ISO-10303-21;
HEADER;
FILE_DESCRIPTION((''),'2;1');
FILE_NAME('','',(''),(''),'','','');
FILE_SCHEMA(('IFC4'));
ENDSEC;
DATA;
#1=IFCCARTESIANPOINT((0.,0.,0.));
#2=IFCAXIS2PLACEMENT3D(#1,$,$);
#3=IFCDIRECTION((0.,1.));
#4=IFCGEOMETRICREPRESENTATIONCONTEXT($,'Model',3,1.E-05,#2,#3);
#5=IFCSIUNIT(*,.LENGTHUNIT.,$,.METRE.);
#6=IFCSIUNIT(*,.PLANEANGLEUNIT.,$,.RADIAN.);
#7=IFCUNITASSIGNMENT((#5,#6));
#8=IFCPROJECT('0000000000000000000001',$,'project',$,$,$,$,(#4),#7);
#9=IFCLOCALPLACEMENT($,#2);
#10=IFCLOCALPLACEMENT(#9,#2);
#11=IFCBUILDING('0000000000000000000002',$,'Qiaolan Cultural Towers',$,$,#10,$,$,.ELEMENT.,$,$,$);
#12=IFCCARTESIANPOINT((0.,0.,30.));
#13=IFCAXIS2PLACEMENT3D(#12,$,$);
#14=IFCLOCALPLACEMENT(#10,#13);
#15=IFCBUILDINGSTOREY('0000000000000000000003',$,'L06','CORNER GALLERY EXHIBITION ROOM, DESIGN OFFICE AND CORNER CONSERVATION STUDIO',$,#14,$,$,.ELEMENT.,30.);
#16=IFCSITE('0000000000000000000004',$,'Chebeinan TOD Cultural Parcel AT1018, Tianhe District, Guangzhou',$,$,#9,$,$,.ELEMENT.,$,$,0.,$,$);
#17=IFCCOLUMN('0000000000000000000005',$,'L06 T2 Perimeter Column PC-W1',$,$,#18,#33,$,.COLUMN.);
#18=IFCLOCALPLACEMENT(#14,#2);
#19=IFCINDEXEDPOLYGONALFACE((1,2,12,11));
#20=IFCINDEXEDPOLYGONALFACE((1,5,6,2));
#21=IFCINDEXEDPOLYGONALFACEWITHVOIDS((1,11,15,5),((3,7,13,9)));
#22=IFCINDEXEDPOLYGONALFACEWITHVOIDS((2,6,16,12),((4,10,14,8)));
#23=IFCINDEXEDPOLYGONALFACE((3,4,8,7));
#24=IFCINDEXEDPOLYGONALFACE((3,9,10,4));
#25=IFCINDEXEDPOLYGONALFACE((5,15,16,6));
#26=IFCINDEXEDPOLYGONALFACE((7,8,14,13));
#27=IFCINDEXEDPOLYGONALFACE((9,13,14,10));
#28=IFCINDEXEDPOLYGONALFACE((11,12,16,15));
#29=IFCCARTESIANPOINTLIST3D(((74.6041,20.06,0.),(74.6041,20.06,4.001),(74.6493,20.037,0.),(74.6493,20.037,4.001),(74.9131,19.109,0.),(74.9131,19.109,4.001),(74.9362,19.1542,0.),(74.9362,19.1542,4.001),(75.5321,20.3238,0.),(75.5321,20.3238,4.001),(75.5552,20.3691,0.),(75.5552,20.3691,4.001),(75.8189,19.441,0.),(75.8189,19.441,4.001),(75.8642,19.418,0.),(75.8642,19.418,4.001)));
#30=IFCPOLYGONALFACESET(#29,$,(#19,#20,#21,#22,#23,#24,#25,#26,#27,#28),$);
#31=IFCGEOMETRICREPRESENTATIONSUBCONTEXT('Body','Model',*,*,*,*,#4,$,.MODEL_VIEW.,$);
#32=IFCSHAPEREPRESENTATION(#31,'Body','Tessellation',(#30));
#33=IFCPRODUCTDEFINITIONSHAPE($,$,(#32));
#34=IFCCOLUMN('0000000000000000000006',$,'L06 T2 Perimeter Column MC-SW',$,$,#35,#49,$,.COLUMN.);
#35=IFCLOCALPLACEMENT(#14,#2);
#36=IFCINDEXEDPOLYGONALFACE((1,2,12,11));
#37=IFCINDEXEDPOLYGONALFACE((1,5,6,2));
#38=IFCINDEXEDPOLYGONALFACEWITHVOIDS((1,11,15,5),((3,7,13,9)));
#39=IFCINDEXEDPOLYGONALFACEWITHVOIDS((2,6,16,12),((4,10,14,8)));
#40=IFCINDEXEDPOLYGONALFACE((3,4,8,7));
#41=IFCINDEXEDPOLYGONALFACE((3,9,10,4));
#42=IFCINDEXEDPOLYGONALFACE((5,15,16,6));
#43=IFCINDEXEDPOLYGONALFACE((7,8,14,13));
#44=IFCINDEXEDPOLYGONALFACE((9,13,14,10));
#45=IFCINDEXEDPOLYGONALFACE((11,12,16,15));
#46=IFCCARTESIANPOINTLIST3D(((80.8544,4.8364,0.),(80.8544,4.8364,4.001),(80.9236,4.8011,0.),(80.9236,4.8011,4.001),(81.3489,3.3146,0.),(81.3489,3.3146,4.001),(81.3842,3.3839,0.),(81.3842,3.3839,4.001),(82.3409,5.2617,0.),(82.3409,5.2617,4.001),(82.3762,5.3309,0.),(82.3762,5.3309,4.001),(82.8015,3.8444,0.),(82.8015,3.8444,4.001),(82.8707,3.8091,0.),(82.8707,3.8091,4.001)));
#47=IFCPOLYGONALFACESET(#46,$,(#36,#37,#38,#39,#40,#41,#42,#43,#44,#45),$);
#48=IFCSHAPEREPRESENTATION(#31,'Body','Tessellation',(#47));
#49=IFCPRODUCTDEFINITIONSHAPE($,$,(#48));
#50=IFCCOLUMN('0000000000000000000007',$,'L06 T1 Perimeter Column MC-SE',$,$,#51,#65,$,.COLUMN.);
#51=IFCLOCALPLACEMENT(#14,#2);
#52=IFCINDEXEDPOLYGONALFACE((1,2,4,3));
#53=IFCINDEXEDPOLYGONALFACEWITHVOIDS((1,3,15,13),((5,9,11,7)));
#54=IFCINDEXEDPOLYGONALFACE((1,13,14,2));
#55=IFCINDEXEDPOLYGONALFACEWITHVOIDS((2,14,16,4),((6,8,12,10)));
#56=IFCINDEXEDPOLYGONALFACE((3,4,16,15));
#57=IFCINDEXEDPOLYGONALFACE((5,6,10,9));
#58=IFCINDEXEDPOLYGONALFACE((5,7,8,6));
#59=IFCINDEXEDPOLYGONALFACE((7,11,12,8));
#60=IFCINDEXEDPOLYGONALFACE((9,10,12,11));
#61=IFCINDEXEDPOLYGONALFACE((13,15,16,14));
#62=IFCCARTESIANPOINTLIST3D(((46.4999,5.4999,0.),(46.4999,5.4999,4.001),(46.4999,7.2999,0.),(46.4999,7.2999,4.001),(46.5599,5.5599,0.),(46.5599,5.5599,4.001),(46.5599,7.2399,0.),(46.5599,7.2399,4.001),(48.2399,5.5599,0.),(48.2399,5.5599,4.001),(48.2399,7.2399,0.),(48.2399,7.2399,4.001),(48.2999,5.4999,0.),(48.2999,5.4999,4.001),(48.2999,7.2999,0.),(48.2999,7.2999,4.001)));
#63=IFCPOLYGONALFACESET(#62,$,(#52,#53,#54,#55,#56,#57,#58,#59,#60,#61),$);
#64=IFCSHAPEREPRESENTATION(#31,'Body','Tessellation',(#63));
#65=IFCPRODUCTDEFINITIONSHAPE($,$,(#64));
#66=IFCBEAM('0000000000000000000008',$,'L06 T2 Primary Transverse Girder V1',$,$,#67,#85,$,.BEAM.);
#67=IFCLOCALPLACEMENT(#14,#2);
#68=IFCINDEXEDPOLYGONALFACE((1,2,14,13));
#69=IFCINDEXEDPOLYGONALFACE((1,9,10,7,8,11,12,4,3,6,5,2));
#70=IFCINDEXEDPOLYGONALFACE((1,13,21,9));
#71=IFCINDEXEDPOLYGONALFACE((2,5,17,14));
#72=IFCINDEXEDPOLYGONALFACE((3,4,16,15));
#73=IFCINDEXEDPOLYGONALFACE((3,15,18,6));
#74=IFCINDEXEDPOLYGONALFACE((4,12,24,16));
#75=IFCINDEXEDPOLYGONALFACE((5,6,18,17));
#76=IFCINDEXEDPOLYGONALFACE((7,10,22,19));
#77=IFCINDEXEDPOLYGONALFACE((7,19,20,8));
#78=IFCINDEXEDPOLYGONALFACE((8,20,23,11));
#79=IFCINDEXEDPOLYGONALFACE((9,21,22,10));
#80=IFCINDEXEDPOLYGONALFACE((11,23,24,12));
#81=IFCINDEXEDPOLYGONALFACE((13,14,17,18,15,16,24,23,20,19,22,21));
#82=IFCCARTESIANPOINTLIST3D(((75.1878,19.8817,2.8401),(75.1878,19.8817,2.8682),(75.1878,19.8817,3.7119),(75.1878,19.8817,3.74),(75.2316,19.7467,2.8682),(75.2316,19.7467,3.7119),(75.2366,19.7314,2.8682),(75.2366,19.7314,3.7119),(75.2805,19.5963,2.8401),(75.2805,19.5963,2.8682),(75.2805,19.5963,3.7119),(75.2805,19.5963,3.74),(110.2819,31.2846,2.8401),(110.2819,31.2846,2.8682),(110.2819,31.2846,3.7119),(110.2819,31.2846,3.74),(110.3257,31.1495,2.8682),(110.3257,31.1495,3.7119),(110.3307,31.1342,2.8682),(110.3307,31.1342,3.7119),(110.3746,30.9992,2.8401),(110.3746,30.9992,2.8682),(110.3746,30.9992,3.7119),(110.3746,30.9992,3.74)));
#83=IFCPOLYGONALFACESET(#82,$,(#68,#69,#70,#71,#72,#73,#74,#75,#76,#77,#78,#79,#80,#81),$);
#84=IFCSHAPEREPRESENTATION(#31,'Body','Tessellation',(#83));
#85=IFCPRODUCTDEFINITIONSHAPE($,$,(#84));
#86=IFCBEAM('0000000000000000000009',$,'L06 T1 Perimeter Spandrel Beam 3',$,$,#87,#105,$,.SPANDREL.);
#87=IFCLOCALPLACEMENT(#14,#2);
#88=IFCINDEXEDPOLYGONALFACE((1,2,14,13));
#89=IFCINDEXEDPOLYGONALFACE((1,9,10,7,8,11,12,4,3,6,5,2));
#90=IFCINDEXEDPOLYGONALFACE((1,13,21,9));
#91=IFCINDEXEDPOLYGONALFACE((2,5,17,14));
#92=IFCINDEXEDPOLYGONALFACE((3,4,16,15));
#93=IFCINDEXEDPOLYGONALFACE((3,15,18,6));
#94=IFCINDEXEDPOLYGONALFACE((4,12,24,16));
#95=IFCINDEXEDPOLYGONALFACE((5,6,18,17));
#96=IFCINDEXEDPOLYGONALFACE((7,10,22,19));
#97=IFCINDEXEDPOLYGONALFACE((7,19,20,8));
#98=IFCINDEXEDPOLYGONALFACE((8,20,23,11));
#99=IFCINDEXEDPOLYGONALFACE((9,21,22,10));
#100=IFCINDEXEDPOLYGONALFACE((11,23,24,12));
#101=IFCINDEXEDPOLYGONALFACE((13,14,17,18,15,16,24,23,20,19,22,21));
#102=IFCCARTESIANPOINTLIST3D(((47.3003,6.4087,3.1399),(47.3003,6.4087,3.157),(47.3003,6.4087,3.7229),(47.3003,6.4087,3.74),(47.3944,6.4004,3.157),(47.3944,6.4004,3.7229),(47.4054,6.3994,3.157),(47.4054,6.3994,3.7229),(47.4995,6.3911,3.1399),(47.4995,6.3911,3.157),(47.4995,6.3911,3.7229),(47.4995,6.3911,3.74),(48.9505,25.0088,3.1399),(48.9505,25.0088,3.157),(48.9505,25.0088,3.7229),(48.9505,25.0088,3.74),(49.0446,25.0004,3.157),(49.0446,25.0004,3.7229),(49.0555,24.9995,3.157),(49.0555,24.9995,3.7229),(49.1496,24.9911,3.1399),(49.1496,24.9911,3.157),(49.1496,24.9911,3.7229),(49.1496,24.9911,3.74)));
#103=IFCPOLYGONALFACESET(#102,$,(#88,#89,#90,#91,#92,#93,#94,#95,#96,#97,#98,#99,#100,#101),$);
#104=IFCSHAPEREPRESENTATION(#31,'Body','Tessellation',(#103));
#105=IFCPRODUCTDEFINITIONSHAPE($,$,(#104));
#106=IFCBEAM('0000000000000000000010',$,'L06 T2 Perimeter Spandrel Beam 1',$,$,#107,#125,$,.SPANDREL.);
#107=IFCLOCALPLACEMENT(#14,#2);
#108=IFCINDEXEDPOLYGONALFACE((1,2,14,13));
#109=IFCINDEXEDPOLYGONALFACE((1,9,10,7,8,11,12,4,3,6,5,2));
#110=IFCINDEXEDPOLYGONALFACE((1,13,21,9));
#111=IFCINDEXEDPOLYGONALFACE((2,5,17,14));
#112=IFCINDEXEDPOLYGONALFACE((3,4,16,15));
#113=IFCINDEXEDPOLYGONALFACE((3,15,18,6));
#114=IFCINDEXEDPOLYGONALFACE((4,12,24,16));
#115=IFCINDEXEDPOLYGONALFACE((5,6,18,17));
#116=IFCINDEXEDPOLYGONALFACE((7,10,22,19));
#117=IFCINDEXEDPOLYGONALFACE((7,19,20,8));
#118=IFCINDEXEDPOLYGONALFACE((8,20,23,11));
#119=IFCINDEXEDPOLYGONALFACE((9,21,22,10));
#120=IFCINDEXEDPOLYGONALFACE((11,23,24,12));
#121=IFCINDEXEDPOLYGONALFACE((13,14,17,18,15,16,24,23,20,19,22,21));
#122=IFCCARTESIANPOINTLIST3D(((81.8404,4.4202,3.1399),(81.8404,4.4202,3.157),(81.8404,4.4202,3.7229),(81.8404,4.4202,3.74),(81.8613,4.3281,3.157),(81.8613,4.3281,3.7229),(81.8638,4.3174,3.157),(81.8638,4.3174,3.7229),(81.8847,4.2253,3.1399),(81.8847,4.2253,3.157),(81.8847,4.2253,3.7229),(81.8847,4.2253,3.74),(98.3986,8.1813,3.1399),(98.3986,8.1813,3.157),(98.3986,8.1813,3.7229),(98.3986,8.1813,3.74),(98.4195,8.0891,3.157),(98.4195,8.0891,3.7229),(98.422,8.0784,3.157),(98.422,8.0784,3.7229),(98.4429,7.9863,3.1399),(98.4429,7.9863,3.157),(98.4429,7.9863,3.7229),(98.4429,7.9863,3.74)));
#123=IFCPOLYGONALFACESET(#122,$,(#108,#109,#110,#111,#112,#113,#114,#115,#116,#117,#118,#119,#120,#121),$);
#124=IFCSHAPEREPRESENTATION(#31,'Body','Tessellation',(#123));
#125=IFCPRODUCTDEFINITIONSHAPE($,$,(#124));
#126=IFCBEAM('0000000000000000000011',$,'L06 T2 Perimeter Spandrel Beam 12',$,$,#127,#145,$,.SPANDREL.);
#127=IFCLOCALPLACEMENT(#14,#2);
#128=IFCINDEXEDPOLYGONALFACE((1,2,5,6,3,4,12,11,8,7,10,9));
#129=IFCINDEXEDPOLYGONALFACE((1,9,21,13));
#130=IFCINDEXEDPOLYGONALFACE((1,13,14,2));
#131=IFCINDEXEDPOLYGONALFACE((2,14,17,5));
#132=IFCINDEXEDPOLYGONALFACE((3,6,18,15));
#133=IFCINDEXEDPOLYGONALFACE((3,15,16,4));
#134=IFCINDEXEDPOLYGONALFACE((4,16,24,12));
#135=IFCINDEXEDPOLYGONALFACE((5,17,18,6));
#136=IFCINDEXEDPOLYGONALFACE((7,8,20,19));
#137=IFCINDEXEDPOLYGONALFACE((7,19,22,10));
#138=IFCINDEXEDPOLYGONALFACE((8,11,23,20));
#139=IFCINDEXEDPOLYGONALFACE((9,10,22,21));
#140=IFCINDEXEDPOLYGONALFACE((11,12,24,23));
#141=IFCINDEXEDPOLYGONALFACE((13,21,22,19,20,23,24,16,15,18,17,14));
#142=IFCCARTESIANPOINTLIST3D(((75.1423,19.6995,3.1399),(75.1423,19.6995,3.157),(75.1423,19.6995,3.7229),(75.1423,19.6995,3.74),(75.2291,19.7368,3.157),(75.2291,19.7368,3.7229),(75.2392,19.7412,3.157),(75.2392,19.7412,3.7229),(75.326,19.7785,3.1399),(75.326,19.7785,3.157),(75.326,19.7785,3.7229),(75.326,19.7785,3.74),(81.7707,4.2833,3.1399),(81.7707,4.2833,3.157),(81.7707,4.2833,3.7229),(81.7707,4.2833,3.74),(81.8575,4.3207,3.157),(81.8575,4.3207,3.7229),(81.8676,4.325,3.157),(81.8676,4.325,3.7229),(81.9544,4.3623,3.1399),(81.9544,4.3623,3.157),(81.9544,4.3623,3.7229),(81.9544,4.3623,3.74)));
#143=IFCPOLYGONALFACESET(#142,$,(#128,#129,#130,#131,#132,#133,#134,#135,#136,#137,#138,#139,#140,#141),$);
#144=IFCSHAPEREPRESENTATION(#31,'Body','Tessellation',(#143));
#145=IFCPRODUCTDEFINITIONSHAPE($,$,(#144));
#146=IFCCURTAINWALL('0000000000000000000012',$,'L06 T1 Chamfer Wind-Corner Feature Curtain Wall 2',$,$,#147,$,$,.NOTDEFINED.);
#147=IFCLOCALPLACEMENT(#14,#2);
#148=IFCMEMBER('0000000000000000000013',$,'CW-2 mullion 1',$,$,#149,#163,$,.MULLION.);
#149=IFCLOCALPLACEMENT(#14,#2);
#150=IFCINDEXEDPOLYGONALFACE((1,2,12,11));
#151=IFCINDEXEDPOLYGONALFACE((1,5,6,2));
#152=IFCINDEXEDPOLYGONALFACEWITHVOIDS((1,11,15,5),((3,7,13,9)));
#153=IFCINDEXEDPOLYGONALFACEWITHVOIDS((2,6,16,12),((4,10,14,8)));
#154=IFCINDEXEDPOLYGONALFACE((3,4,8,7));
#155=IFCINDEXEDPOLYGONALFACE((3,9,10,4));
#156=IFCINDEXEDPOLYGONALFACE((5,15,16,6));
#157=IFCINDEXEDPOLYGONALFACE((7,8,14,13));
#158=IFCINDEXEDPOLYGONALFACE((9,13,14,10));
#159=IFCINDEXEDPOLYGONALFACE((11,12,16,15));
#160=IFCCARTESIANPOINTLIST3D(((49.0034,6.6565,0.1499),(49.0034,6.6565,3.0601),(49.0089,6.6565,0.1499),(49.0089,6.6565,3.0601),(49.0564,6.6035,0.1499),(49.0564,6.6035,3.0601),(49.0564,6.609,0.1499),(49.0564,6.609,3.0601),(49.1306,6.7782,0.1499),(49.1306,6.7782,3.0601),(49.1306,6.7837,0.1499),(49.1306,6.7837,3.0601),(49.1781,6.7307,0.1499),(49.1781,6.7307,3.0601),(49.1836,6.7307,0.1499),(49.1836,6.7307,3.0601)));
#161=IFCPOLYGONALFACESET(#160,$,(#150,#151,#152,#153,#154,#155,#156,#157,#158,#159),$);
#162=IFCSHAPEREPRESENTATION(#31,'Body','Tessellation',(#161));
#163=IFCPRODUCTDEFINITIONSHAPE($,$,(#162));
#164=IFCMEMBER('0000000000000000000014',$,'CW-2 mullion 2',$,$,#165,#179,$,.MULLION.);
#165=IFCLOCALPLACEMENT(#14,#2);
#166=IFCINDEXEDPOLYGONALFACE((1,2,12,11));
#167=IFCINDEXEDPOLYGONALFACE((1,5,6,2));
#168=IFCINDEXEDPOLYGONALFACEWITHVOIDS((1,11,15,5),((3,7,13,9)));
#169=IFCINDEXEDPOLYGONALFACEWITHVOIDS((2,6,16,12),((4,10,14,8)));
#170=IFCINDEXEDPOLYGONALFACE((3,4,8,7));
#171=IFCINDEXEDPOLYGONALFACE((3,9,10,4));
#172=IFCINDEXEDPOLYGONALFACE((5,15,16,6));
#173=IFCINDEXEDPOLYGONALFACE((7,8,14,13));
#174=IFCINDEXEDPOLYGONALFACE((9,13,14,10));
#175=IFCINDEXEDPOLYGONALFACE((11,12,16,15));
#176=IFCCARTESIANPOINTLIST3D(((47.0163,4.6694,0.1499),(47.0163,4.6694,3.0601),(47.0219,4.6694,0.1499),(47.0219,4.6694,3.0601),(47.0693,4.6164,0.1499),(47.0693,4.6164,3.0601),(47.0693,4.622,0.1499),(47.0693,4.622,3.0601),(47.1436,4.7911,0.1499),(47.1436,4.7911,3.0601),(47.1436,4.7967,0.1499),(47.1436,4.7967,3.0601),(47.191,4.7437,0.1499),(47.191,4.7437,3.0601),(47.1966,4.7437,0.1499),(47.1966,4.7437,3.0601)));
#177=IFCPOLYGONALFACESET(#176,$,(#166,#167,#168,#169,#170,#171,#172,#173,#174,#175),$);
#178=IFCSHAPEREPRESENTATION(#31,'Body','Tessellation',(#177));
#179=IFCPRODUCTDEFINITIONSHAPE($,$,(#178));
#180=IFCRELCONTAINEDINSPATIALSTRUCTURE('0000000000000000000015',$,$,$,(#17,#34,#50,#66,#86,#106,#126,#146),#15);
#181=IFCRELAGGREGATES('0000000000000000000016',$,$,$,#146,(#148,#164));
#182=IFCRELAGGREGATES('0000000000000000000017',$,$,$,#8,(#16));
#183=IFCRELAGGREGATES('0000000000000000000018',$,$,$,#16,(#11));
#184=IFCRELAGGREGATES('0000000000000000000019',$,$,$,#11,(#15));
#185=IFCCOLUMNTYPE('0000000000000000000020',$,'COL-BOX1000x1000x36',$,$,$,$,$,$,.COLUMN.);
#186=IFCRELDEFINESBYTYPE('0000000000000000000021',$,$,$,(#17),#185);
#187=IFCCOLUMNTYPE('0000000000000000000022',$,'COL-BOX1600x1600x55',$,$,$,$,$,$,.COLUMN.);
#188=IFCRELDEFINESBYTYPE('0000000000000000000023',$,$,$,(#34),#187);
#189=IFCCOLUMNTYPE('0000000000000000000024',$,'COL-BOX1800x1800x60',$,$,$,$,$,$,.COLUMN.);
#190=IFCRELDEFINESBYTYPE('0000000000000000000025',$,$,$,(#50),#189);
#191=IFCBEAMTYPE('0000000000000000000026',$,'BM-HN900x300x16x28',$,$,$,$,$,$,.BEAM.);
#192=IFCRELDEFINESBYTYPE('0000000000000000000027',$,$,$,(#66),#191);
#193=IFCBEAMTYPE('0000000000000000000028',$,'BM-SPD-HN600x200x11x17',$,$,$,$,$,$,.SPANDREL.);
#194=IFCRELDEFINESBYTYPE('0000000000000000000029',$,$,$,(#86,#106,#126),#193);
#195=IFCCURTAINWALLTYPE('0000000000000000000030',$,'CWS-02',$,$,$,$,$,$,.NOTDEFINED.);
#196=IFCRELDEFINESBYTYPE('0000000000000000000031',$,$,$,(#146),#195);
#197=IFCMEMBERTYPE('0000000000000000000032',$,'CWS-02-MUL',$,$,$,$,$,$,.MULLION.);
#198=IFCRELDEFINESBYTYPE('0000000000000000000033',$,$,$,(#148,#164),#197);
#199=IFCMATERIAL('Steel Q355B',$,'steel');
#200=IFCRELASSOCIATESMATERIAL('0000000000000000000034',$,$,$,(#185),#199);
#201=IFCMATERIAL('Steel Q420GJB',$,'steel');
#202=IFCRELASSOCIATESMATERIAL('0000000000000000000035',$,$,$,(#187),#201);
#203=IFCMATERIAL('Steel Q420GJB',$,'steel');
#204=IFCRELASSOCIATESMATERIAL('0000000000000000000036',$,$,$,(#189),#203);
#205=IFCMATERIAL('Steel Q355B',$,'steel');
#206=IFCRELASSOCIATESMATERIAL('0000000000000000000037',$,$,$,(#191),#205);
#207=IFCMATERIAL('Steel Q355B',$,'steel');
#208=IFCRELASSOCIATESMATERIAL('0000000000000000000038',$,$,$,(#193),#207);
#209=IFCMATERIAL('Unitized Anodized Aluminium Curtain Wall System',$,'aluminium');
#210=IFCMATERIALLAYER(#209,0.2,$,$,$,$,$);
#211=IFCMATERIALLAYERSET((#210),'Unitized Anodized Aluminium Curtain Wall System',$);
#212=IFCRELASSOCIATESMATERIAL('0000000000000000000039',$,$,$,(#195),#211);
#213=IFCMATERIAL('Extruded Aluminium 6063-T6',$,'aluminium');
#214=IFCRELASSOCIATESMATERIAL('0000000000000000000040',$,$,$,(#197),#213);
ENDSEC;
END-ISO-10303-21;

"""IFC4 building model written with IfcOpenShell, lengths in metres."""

from ifc_helpers import new_model, si_unit, direction, frame, origin, origin_2d, place, context, subcontext, project, spatial, hollow_rectangle, i_section, extrude, material, layer, layer_set, material_profile, profile_set, type_object, element, aggregate, save


model = new_model("IFC4")

# Units and contexts
model_context = context("Model", 3, precision=1e-05, world=origin(), true_north=direction((0.0, 1.0)))
body_context = subcontext(model_context, "Body", "Model", "MODEL_VIEW")
ifc_project = project(units=[si_unit("LENGTHUNIT", "METRE"), si_unit("PLANEANGLEUNIT", "RADIAN")], contexts=[model_context])

# Site, building, storey
site_placement = place(None, origin())
site = spatial("IfcSite", under=ifc_project, at=site_placement, Name="Chebeinan TOD Cultural Parcel AT1018, Tianhe District, Guangzhou", CompositionType="ELEMENT", RefElevation=0.0)
building_placement = place(site_placement, origin())
building = spatial("IfcBuilding", under=site, at=building_placement, Name="Qiaolan Cultural Towers", CompositionType="ELEMENT")
storey_placement = place(building_placement, frame((0.0, 0.0, 30.0)))
storey = spatial("IfcBuildingStorey", under=building, at=storey_placement, Name="L06", Description="CORNER GALLERY EXHIBITION ROOM, DESIGN OFFICE AND CORNER CONSERVATION STUDIO", CompositionType="ELEMENT", Elevation=30.0)

# Columns
ifc_material_1 = material(Name="Steel Q355B", Category="steel")
ifc_material_profile_1 = material_profile(ifc_material_1, hollow_rectangle(XDim=1.0, YDim=1.0, WallThickness=0.0359, at=origin_2d()), Name="BOX1000x1000x36")
ifc_profile_set_1 = profile_set([ifc_material_profile_1], Name="Steel Q355B")
column_type_1 = type_object("IfcColumnType", Name="COL-BOX1000x1000x36", PredefinedType="COLUMN", material=ifc_profile_set_1)
column_1_placement = place(storey_placement, frame((75.2341, 19.739, 0.0), z_axis=(0.0, 0.0, 1.0), x_axis=(0.951057, 0.309017, 0.0)))
element("IfcColumn", 1, at=column_1_placement, inside=storey, type_object=column_type_1, Name="L06 T2 Perimeter Column PC-W1", PredefinedType="COLUMN", context=body_context, shape_type="SweptSolid", body=[
    extrude(hollow_rectangle(XDim=1.0, YDim=1.0, WallThickness=0.0359, at=origin_2d()), origin(), (0.0, 0.0, 1.0), 4.001),
])
ifc_material_2 = material(Name="Steel Q420GJB", Category="steel")
ifc_material_profile_2 = material_profile(ifc_material_2, hollow_rectangle(XDim=1.6001, YDim=1.6001, WallThickness=0.0549, at=origin_2d()), Name="BOX1600x1600x55")
ifc_profile_set_2 = profile_set([ifc_material_profile_2], Name="Steel Q420GJB")
column_type_2 = type_object("IfcColumnType", Name="COL-BOX1600x1600x55", PredefinedType="COLUMN", material=ifc_profile_set_2)
column_2_placement = place(storey_placement, frame((81.8625, 4.3228, 0.0), z_axis=(0.0, 0.0, 1.0), x_axis=(0.951057, 0.309017, 0.0)))
element("IfcColumn", 2, at=column_2_placement, inside=storey, type_object=column_type_2, Name="L06 T2 Perimeter Column MC-SW", PredefinedType="COLUMN", context=body_context, shape_type="SweptSolid", body=[
    extrude(hollow_rectangle(XDim=1.6001, YDim=1.6001, WallThickness=0.0549, at=origin_2d()), origin(), (0.0, 0.0, 1.0), 4.001),
])
ifc_material_3 = material(Name="Steel Q420GJB", Category="steel")
ifc_material_profile_3 = material_profile(ifc_material_3, hollow_rectangle(XDim=1.8, YDim=1.8, WallThickness=0.0601, at=origin_2d()), Name="BOX1800x1800x60")
ifc_profile_set_3 = profile_set([ifc_material_profile_3], Name="Steel Q420GJB")
column_type_3 = type_object("IfcColumnType", Name="COL-BOX1800x1800x60", PredefinedType="COLUMN", material=ifc_profile_set_3)
column_3_placement = place(storey_placement, frame((47.3999, 6.3999, 0.0), z_axis=(0.0, 0.0, 1.0), x_axis=(1.0, 0.0, 0.0)))
element("IfcColumn", 3, at=column_3_placement, inside=storey, type_object=column_type_3, Name="L06 T1 Perimeter Column MC-SE", PredefinedType="COLUMN", context=body_context, shape_type="SweptSolid", body=[
    extrude(hollow_rectangle(XDim=1.8, YDim=1.8, WallThickness=0.0601, at=origin_2d()), origin(), (0.0, 0.0, 1.0), 4.001),
])

# Beams
ifc_material_4 = material(Name="Steel Q355B", Category="steel")
ifc_material_profile_4 = material_profile(ifc_material_4, i_section(OverallWidth=0.3, OverallDepth=0.8999, WebThickness=0.0161, FlangeThickness=0.0281, at=origin_2d()), Name="HN900x300x16x28")
ifc_profile_set_4 = profile_set([ifc_material_profile_4], Name="Steel Q355B")
beam_type_1 = type_object("IfcBeamType", Name="BM-HN900x300x16x28", PredefinedType="BEAM", material=ifc_profile_set_4)
beam_1_placement = place(storey_placement, frame((75.2341, 19.739, 3.29), z_axis=(0.951056, 0.309019, 0.0), x_axis=(-0.309019, 0.951056, 0.0)))
element("IfcBeam", 4, at=beam_1_placement, inside=storey, type_object=beam_type_1, Name="L06 T2 Primary Transverse Girder V1", PredefinedType="BEAM", context=body_context, shape_type="SweptSolid", body=[
    extrude(i_section(OverallWidth=0.3, OverallDepth=0.8999, WebThickness=0.0161, FlangeThickness=0.0281, at=origin_2d()), origin(), (0.0, 0.0, 1.0), 36.9001),
])
ifc_material_5 = material(Name="Steel Q355B", Category="steel")
ifc_material_profile_5 = material_profile(ifc_material_5, i_section(OverallWidth=0.2, OverallDepth=0.6001, WebThickness=0.011, FlangeThickness=0.0171, at=origin_2d()), Name="HN600x200x11x17")
ifc_profile_set_5 = profile_set([ifc_material_profile_5], Name="Steel Q355B")
beam_type_2 = type_object("IfcBeamType", Name="BM-SPD-HN600x200x11x17", PredefinedType="SPANDREL", material=ifc_profile_set_5)
beam_2_placement = place(storey_placement, frame((47.3999, 6.3999, 3.4399), z_axis=(0.08837, 0.996088, 0.0), x_axis=(-0.996088, 0.08837, 0.0)))
element("IfcBeam", 5, at=beam_2_placement, inside=storey, type_object=beam_type_2, Name="L06 T1 Perimeter Spandrel Beam 3", PredefinedType="SPANDREL", context=body_context, shape_type="SweptSolid", body=[
    extrude(i_section(OverallWidth=0.2, OverallDepth=0.6001, WebThickness=0.011, FlangeThickness=0.0171, at=origin_2d()), origin(), (0.0, 0.0, 1.0), 18.6731),
])
beam_3_placement = place(storey_placement, frame((81.8625, 4.3228, 3.4399), z_axis=(0.975161, 0.221497, 0.0), x_axis=(-0.221497, 0.975161, 0.0)))
element("IfcBeam", 6, at=beam_3_placement, inside=storey, type_object=beam_type_2, Name="L06 T2 Perimeter Spandrel Beam 1", PredefinedType="SPANDREL", context=body_context, shape_type="SweptSolid", body=[
    extrude(i_section(OverallWidth=0.2, OverallDepth=0.6001, WebThickness=0.011, FlangeThickness=0.0171, at=origin_2d()), origin(), (0.0, 0.0, 1.0), 16.98),
])
beam_4_placement = place(storey_placement, frame((75.2341, 19.739, 3.4399), z_axis=(0.394999, -0.918682, 0.0), x_axis=(0.918682, 0.394999, 0.0)))
element("IfcBeam", 7, at=beam_4_placement, inside=storey, type_object=beam_type_2, Name="L06 T2 Perimeter Spandrel Beam 12", PredefinedType="SPANDREL", context=body_context, shape_type="SweptSolid", body=[
    extrude(i_section(OverallWidth=0.2, OverallDepth=0.6001, WebThickness=0.011, FlangeThickness=0.0171, at=origin_2d()), origin(), (0.0, 0.0, 1.0), 16.7808),
])

# Curtain wall, members
ifc_material_6 = material(Name="Unitized Anodized Aluminium Curtain Wall System", Category="aluminium")
ifc_layer_1 = layer(ifc_material_6, 0.2)
ifc_layer_set_1 = layer_set([ifc_layer_1], Name="Unitized Anodized Aluminium Curtain Wall System")
curtain_wall_type = type_object("IfcCurtainWallType", Name="CWS-02", PredefinedType="NOTDEFINED", material=ifc_layer_set_1)
curtain_wall_placement = place(storey_placement, origin())
curtain_wall = element("IfcCurtainWall", 8, at=curtain_wall_placement, inside=storey, type_object=curtain_wall_type, Name="L06 T1 Chamfer Wind-Corner Feature Curtain Wall 2", PredefinedType="NOTDEFINED")
ifc_material_7 = material(Name="Extruded Aluminium 6063-T6", Category="aluminium")
ifc_material_profile_6 = material_profile(ifc_material_7, hollow_rectangle(XDim=0.075, YDim=0.1799, WallThickness=0.0039, at=origin_2d()), Name="CWM-180x75x4")
ifc_profile_set_6 = profile_set([ifc_material_profile_6], Name="Extruded Aluminium 6063-T6")
member_type_1 = type_object("IfcMemberType", Name="CWS-02-MUL", PredefinedType="MULLION", material=ifc_profile_set_6)
member_1_placement = place(storey_placement, frame((49.0935, 6.6936, 0.1499), z_axis=(0.0, 0.0, 1.0), x_axis=(0.707107, -0.707107, 0.0)))
member_1 = element("IfcMember", 9, at=member_1_placement, type_object=member_type_1, Name="CW-2 mullion 1", PredefinedType="MULLION", context=body_context, shape_type="SweptSolid", body=[
    extrude(hollow_rectangle(XDim=0.075, YDim=0.1799, WallThickness=0.0039, at=origin_2d()), origin(), (0.0, 0.0, 1.0), 2.9102),
])
member_2_placement = place(storey_placement, frame((47.1064, 4.7065, 0.1499), z_axis=(0.0, 0.0, 1.0), x_axis=(0.707107, -0.707107, 0.0)))
member_2 = element("IfcMember", 10, at=member_2_placement, type_object=member_type_1, Name="CW-2 mullion 2", PredefinedType="MULLION", context=body_context, shape_type="SweptSolid", body=[
    extrude(hollow_rectangle(XDim=0.075, YDim=0.1799, WallThickness=0.0039, at=origin_2d()), origin(), (0.0, 0.0, 1.0), 2.9102),
])
aggregate(curtain_wall, [member_1, member_2])

save(model, "model.ifc")
